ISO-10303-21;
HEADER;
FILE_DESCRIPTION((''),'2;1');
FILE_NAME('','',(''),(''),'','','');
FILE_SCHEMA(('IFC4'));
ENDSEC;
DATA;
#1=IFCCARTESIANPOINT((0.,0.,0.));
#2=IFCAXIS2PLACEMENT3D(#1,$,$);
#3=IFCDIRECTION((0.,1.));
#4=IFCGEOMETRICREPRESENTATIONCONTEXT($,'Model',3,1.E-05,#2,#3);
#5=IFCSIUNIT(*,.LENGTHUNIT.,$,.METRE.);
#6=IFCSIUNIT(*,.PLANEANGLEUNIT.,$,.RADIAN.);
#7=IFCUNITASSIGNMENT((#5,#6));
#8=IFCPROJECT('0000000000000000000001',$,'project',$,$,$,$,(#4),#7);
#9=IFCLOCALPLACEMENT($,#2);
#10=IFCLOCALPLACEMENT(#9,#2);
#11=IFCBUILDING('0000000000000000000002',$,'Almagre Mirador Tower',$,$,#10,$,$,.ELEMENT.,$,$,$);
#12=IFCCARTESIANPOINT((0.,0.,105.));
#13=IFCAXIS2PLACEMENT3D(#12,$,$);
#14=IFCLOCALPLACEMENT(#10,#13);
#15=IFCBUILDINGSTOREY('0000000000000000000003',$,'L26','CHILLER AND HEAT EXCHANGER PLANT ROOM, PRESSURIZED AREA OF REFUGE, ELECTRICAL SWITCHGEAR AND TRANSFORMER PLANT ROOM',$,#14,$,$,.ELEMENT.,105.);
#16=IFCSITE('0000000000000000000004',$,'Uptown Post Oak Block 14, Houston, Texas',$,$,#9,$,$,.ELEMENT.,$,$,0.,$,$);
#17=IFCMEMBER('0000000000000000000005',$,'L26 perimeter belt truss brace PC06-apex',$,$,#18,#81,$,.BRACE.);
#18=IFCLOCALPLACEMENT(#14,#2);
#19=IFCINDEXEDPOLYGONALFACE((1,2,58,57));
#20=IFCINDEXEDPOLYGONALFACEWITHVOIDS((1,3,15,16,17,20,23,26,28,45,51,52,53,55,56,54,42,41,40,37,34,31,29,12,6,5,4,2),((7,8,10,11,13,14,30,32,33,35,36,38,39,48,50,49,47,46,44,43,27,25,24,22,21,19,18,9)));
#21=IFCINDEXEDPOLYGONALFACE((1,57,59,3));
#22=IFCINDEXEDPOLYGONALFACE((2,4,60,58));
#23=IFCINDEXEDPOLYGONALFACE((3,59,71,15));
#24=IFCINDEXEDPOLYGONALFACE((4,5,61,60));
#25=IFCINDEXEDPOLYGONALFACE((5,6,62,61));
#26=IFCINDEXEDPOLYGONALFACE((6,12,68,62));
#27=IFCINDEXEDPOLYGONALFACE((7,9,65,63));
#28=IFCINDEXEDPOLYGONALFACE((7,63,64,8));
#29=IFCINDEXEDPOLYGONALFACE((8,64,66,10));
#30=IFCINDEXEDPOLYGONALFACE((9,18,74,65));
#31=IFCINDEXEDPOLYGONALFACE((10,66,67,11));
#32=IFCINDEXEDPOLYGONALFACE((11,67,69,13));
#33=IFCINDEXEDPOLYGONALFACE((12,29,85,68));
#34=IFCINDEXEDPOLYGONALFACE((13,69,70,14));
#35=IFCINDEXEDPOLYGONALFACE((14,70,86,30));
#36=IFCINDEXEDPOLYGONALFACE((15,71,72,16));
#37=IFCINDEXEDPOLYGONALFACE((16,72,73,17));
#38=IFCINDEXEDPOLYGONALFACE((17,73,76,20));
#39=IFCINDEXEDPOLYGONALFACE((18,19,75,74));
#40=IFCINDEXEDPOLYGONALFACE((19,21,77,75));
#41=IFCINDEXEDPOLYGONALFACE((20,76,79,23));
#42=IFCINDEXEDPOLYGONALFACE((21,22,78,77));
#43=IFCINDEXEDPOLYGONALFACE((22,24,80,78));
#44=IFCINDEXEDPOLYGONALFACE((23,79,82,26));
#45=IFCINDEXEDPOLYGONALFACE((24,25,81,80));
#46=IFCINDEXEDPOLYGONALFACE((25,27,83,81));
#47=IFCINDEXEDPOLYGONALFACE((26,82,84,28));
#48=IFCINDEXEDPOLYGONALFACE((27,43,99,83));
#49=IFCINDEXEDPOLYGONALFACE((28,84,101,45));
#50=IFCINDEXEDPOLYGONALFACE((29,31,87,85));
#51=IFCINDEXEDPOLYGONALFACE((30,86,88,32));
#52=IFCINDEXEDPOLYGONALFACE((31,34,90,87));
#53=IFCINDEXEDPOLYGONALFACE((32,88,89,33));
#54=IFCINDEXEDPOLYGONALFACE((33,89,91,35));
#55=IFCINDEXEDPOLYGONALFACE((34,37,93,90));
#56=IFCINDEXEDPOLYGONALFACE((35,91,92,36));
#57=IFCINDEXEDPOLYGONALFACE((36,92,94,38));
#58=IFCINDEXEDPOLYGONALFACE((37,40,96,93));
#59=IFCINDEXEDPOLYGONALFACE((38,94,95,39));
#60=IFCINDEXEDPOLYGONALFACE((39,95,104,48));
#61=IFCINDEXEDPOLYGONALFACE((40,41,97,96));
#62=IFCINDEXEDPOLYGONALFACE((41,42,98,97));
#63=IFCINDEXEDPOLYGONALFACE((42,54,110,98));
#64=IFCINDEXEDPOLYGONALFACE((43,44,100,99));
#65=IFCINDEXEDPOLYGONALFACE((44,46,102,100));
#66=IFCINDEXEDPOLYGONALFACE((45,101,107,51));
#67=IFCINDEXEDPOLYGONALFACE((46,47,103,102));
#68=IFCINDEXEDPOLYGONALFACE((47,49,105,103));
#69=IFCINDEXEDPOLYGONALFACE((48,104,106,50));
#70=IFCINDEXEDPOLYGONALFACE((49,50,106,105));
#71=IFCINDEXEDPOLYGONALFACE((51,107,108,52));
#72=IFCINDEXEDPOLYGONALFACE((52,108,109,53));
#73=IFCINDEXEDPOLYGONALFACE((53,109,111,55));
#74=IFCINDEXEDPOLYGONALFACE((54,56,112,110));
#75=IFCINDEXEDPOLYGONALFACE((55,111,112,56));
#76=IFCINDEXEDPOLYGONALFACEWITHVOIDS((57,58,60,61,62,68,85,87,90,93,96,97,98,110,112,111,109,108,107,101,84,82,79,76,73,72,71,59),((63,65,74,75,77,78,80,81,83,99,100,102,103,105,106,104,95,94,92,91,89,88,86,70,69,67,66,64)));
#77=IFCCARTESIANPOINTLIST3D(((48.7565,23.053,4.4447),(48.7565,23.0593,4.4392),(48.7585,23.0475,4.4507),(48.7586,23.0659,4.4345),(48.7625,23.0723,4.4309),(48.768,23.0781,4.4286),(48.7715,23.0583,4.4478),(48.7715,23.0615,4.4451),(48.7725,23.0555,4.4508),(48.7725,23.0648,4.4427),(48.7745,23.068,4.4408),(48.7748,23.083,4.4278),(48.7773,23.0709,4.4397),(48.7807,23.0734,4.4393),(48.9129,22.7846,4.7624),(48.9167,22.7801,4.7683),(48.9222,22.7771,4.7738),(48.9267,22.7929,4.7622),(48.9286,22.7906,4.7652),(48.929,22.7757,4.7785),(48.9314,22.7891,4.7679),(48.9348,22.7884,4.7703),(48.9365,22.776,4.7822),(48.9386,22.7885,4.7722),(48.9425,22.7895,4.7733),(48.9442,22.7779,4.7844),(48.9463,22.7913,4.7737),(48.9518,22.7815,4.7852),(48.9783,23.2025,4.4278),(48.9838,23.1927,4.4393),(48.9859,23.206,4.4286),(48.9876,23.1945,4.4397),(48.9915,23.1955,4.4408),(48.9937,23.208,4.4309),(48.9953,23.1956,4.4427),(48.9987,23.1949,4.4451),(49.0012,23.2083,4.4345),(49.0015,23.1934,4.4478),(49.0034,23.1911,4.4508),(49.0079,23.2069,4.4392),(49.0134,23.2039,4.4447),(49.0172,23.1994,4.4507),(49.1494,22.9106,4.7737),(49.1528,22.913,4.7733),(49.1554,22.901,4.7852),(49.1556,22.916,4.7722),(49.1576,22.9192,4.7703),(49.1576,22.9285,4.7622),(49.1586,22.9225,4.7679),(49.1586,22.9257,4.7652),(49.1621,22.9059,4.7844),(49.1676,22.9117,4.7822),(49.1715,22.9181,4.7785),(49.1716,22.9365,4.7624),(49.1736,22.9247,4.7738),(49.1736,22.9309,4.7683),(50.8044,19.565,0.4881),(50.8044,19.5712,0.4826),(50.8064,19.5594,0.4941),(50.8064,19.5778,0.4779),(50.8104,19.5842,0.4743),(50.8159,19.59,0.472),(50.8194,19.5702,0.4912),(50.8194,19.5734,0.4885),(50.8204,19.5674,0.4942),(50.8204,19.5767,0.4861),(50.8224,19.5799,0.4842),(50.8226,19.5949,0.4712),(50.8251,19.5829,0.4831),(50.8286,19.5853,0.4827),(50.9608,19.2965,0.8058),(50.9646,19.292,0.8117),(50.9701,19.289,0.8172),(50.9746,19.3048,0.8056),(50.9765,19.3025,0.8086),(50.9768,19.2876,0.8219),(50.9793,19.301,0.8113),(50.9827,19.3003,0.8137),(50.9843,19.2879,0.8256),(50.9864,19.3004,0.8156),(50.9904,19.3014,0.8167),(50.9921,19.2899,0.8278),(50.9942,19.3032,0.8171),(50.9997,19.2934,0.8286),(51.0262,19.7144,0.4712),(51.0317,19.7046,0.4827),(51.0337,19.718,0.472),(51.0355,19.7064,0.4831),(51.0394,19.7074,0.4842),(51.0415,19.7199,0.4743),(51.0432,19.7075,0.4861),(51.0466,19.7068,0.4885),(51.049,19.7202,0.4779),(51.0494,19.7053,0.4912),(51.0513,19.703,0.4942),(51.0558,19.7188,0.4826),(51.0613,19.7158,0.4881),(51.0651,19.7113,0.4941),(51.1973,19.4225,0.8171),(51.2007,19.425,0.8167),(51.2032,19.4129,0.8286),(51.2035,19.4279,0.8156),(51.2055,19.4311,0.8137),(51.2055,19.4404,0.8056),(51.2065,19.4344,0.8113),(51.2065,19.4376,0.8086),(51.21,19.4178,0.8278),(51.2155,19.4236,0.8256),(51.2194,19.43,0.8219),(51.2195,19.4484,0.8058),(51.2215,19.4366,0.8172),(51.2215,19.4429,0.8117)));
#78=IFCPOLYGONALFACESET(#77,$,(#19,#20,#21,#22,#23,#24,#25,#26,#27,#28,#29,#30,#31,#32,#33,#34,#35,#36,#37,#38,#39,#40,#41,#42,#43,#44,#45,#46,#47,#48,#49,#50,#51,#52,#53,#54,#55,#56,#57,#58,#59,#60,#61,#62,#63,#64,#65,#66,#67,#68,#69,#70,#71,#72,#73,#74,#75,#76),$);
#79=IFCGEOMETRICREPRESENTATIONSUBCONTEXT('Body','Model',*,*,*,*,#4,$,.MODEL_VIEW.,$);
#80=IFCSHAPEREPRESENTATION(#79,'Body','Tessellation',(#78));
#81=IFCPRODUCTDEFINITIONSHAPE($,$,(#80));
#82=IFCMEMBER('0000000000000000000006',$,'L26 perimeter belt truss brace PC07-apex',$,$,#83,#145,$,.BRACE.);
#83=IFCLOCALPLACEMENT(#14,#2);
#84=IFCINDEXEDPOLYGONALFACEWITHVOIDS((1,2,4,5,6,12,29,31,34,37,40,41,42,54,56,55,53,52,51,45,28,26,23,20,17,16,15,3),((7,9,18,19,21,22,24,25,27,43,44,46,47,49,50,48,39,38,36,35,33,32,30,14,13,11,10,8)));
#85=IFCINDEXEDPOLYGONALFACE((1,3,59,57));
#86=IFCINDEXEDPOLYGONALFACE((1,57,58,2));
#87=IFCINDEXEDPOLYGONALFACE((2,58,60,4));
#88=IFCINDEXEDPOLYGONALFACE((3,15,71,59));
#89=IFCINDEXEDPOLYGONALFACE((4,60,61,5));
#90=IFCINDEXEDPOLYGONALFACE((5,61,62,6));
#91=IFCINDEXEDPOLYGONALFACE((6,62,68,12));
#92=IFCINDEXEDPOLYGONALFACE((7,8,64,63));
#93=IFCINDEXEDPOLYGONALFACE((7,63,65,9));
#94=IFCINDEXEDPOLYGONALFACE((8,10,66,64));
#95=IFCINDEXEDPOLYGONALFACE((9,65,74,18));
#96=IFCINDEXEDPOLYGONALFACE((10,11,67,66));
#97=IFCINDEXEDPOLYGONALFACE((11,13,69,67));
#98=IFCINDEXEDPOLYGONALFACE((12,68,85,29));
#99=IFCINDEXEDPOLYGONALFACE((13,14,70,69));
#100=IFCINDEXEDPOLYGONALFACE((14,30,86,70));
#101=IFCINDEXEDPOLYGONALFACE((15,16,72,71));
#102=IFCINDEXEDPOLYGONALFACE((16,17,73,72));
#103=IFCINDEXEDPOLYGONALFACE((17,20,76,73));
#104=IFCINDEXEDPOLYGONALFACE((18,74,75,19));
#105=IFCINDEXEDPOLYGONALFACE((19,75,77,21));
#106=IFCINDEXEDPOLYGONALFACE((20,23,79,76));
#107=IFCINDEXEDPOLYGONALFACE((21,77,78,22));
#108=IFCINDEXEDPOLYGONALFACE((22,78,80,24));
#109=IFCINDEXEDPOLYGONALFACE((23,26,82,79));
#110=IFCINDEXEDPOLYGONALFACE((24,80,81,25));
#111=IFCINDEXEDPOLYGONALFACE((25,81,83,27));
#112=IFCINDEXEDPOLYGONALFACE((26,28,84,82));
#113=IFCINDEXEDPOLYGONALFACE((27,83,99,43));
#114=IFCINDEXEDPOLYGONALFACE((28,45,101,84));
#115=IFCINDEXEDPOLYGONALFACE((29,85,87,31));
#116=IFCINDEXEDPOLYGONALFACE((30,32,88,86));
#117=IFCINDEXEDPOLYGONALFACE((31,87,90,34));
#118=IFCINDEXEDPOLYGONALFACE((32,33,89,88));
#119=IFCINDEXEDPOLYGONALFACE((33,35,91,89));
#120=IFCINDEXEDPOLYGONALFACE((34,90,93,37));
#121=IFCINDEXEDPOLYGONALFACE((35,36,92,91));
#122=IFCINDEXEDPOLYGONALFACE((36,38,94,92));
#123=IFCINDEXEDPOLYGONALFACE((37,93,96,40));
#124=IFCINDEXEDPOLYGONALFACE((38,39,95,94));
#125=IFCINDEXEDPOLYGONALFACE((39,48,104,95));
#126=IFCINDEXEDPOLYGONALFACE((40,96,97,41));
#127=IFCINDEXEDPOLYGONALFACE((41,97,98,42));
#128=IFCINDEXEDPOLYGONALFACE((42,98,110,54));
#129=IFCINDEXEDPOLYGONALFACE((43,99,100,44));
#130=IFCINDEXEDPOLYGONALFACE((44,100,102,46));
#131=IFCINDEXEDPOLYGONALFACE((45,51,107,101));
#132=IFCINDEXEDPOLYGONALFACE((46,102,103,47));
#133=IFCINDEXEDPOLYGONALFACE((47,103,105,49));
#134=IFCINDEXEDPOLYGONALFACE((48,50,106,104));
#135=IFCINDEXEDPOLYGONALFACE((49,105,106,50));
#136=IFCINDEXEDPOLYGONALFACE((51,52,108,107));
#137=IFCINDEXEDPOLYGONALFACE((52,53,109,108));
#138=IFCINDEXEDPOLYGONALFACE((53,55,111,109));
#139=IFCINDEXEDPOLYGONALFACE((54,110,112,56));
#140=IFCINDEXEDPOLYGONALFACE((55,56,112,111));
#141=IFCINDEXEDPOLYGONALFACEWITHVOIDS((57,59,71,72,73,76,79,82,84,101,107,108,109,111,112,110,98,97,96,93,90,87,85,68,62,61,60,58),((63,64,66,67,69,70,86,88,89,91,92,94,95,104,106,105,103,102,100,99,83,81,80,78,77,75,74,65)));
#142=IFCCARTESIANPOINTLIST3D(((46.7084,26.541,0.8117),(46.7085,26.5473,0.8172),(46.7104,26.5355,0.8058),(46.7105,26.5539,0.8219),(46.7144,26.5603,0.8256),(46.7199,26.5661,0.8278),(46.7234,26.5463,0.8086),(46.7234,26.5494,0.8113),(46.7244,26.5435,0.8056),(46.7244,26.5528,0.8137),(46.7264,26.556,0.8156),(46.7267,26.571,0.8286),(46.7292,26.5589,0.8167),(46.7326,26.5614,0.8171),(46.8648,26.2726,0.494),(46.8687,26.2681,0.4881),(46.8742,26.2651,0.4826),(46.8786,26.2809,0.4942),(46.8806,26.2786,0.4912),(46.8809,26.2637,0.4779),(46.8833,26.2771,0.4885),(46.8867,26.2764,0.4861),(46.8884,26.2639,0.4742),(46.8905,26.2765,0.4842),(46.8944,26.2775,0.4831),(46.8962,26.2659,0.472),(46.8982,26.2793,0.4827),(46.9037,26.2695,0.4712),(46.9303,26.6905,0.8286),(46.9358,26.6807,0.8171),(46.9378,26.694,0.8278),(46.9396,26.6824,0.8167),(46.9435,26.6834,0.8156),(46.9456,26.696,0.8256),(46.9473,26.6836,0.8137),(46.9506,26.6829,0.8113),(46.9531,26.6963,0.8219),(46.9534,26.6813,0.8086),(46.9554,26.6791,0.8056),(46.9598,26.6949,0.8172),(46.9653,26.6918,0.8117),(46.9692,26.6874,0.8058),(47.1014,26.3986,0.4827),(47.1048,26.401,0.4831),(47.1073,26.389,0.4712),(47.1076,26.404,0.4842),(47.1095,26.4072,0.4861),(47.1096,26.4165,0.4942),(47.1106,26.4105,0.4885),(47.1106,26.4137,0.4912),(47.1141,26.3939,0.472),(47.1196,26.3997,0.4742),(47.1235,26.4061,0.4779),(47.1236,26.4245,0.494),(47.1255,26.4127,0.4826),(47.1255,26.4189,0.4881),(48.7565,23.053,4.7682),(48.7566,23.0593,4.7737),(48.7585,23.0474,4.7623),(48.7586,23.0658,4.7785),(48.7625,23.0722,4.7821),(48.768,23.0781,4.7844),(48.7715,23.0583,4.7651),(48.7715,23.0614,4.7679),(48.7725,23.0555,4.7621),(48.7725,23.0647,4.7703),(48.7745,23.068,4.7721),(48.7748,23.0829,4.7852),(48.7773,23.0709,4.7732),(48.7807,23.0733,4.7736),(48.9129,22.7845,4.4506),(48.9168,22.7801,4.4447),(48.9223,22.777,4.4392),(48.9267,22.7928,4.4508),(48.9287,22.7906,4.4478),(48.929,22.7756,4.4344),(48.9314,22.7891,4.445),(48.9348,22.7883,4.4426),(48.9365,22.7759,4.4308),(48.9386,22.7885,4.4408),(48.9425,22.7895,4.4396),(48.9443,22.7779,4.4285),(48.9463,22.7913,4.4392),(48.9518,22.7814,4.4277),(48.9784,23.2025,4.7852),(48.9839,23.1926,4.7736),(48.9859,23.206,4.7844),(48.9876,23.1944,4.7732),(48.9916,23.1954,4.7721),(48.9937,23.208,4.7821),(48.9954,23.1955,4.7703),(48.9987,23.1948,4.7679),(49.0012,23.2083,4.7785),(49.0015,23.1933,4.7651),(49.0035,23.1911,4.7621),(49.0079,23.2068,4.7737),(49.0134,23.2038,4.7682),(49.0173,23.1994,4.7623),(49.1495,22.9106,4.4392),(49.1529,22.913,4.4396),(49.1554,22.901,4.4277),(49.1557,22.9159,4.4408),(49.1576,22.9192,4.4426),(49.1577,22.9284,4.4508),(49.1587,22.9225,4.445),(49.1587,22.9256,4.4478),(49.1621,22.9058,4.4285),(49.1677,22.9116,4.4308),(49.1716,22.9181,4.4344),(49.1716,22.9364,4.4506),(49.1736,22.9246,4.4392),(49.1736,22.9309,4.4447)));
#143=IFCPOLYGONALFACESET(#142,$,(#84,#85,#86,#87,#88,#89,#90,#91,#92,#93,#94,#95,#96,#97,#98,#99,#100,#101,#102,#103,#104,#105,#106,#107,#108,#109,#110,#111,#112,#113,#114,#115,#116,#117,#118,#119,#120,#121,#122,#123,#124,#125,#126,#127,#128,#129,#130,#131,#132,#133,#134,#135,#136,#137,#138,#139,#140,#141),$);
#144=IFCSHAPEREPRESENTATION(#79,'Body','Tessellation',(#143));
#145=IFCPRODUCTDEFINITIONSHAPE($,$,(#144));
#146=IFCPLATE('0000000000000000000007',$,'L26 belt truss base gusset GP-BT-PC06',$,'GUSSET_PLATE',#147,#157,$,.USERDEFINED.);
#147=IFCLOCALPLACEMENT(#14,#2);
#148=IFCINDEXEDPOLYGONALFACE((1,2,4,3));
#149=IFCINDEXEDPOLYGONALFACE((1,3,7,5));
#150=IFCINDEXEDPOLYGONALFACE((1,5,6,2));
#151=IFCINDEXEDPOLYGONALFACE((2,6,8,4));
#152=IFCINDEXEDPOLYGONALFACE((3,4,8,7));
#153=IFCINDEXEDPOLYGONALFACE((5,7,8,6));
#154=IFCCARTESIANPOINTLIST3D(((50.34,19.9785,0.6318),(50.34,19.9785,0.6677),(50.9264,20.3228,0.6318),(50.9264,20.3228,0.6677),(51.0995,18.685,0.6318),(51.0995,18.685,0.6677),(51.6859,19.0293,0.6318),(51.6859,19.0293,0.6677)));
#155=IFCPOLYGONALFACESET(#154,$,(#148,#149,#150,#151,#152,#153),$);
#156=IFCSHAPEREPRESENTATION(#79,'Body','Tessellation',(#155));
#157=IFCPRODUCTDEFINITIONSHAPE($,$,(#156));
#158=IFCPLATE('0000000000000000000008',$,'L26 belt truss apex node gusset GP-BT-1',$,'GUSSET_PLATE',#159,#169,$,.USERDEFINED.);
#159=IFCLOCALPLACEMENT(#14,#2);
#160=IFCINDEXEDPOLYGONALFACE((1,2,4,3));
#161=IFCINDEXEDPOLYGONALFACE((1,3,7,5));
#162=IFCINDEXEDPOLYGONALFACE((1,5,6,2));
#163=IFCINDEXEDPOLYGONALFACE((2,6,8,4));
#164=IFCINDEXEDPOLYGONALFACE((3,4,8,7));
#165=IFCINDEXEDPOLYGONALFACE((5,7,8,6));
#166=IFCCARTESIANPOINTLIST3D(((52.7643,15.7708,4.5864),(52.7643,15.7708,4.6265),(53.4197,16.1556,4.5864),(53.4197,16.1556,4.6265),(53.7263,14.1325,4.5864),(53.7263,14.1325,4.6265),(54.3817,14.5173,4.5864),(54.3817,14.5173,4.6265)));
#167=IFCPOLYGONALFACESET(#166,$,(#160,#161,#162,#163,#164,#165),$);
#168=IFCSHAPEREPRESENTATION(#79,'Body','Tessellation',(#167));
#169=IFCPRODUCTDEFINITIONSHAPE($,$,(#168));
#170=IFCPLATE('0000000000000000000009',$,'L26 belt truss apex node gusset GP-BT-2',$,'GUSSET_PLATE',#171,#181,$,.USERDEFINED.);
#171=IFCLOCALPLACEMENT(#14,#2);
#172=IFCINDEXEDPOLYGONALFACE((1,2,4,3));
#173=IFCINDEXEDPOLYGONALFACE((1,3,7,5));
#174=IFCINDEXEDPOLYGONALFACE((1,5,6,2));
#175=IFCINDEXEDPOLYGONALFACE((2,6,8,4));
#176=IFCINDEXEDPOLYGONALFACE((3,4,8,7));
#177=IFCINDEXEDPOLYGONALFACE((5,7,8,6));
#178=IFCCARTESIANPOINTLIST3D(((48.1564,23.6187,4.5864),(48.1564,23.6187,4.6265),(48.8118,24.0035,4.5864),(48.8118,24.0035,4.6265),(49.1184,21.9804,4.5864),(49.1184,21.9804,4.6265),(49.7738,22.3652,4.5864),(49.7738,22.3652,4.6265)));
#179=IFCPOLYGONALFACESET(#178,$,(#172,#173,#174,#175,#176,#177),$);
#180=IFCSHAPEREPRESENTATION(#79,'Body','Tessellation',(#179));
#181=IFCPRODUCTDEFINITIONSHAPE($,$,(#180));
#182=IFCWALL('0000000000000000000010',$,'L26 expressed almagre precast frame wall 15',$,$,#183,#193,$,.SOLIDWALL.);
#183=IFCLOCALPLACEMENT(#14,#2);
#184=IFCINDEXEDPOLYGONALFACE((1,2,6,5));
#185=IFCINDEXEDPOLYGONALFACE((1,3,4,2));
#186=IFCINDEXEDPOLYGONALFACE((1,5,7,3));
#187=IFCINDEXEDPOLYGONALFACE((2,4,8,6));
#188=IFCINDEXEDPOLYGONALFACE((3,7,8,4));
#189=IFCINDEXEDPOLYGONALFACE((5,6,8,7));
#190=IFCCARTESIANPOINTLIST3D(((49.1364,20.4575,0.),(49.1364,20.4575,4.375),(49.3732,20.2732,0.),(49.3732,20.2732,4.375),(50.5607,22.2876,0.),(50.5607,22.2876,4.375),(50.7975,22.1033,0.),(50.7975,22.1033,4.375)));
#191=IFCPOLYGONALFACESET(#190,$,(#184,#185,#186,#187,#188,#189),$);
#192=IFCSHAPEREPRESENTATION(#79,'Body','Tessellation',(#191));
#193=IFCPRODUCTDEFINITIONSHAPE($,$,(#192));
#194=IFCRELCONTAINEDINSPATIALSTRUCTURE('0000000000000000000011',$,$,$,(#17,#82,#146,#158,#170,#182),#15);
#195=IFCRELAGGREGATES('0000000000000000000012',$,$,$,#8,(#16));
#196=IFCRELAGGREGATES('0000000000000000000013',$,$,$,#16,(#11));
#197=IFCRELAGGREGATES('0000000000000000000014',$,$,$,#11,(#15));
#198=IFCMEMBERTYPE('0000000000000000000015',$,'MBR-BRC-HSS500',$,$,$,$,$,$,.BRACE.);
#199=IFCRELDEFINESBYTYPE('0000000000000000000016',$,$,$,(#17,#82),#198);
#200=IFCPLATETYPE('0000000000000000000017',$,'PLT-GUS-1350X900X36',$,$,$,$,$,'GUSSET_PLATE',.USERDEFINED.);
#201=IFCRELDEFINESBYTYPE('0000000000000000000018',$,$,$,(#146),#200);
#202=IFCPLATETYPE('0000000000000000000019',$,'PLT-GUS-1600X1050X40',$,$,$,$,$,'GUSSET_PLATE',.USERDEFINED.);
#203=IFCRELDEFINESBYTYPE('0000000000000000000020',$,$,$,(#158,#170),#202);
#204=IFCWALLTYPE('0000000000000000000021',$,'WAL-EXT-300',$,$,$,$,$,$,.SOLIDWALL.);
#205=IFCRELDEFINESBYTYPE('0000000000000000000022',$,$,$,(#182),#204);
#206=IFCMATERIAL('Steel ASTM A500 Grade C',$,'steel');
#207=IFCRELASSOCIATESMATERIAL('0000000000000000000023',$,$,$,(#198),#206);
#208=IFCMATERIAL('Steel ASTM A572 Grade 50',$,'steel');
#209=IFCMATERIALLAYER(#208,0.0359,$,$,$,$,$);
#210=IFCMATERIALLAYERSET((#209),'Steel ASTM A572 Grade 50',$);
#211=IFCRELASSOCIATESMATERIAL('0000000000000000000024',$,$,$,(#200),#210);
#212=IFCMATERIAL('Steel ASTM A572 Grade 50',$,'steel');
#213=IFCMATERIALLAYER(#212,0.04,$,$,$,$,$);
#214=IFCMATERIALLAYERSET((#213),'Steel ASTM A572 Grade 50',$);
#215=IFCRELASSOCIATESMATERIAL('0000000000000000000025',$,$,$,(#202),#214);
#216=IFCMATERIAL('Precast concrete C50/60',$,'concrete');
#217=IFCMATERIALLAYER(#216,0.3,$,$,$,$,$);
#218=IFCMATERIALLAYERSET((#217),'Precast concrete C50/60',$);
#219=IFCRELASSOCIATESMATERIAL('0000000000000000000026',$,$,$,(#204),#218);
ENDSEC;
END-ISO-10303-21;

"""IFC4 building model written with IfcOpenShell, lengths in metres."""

from ifc_helpers import new_model, si_unit, direction, frame, frame_2d, origin, origin_2d, place, context, subcontext, project, spatial, rectangle, hollow_rectangle, extrude, material, layer, layer_set, material_profile, profile_set, type_object, element, save


model = new_model("IFC4")

# Units and contexts
model_context = context("Model", 3, precision=1e-05, world=origin(), true_north=direction((0.0, 1.0)))
body_context = subcontext(model_context, "Body", "Model", "MODEL_VIEW")
ifc_project = project(units=[si_unit("LENGTHUNIT", "METRE"), si_unit("PLANEANGLEUNIT", "RADIAN")], contexts=[model_context])

# Site, building, storey
site_placement = place(None, origin())
site = spatial("IfcSite", under=ifc_project, at=site_placement, Name="Uptown Post Oak Block 14, Houston, Texas", CompositionType="ELEMENT", RefElevation=0.0)
building_placement = place(site_placement, origin())
building = spatial("IfcBuilding", under=site, at=building_placement, Name="Almagre Mirador Tower", CompositionType="ELEMENT")
storey_placement = place(building_placement, frame((0.0, 0.0, 105.0)))
storey = spatial("IfcBuildingStorey", under=building, at=storey_placement, Name="L26", Description="CHILLER AND HEAT EXCHANGER PLANT ROOM, PRESSURIZED AREA OF REFUGE, ELECTRICAL SWITCHGEAR AND TRANSFORMER PLANT ROOM", CompositionType="ELEMENT", Elevation=105.0)

# Members
ifc_material_1 = material(Name="Steel ASTM A500 Grade C", Category="steel")
ifc_material_profile_1 = material_profile(ifc_material_1, hollow_rectangle(XDim=0.3, YDim=0.5, WallThickness=0.0161, InnerFilletRadius=0.0161, OuterFilletRadius=0.032, at=origin_2d()), Name="HSS500X300X16")
ifc_profile_set_1 = profile_set([ifc_material_profile_1], Name="Steel ASTM A500 Grade C")
member_type_1 = type_object("IfcMemberType", Name="MBR-BRC-HSS500", PredefinedType="BRACE", material=ifc_profile_set_1)
for number, where, z_axis, x_axis, name in (
    (1, (51.0129, 19.5039, 0.6499), (-0.361931, 0.616466, 0.699268), (-0.862359, -0.506297, 0.0), "L26 perimeter belt truss brace PC06-apex"),
    (2, (46.917, 26.48, 0.6499), (0.361969, -0.616456, 0.699257), (0.862333, 0.506342, 0.0), "L26 perimeter belt truss brace PC07-apex"),
):
    element("IfcMember", number, at=place(storey_placement, frame(where, z_axis=z_axis, x_axis=x_axis)), inside=storey, type_object=member_type_1, Name=name, PredefinedType="BRACE", context=body_context, shape_type="SweptSolid", body=[
        extrude(hollow_rectangle(XDim=0.3, YDim=0.5, WallThickness=0.0161, InnerFilletRadius=0.0161, OuterFilletRadius=0.032, at=origin_2d()), origin(), (0.0, 0.0, 1.0), 5.6582),
    ])

# Plates
ifc_material_2 = material(Name="Steel ASTM A572 Grade 50", Category="steel")
ifc_layer_1 = layer(ifc_material_2, 0.0359)
ifc_layer_set_1 = layer_set([ifc_layer_1], Name="Steel ASTM A572 Grade 50")
plate_type_1 = type_object("IfcPlateType", Name="PLT-GUS-1350X900X36", ElementType="GUSSET_PLATE", PredefinedType="USERDEFINED", material=ifc_layer_set_1)
plate_placement = place(storey_placement, frame((51.0129, 19.5039, 0.6318), z_axis=(0.0, 0.0, 1.0), x_axis=(-0.506335, 0.862337, 0.0)))
element("IfcPlate", 3, at=plate_placement, inside=storey, type_object=plate_type_1, Name="L26 belt truss base gusset GP-BT-PC06", ObjectType="GUSSET_PLATE", PredefinedType="USERDEFINED", context=body_context, shape_type="SweptSolid", body=[
    extrude(rectangle(XDim=1.5, YDim=0.6799, at=origin_2d()), origin(), (0.0, 0.0, 1.0), 0.0359),
])
ifc_material_3 = material(Name="Steel ASTM A572 Grade 50", Category="steel")
ifc_layer_2 = layer(ifc_material_3, 0.04)
ifc_layer_set_2 = layer_set([ifc_layer_2], Name="Steel ASTM A572 Grade 50")
plate_type_2 = type_object("IfcPlateType", Name="PLT-GUS-1600X1050X40", ElementType="GUSSET_PLATE", PredefinedType="USERDEFINED", material=ifc_layer_set_2)
for number, where, z_axis, x_axis, name in (
    (4, (53.573, 15.144, 4.5864), (0.0, 0.0, 1.0), (-0.506335, 0.862337, 0.0), "L26 belt truss apex node gusset GP-BT-1"),
    (5, (48.9651, 22.9919, 4.5864), (0.0, 0.0, 1.0), (-0.506335, 0.862337, 0.0), "L26 belt truss apex node gusset GP-BT-2"),
):
    element("IfcPlate", number, at=place(storey_placement, frame(where, z_axis=z_axis, x_axis=x_axis)), inside=storey, type_object=plate_type_2, Name=name, ObjectType="GUSSET_PLATE", PredefinedType="USERDEFINED", context=body_context, shape_type="SweptSolid", body=[
        extrude(rectangle(XDim=1.8999, YDim=0.76, at=origin_2d()), origin(), (0.0, 0.0, 1.0), 0.04),
    ])

# Wall
ifc_material_4 = material(Name="Precast concrete C50/60", Category="concrete")
ifc_layer_3 = layer(ifc_material_4, 0.3)
ifc_layer_set_3 = layer_set([ifc_layer_3], Name="Precast concrete C50/60")
wall_type_1 = type_object("IfcWallType", Name="WAL-EXT-300", PredefinedType="SOLIDWALL", material=ifc_layer_set_3)
wall_1_placement = place(storey_placement, frame((50.6792, 22.1956, 0.0), z_axis=(0.0, 0.0, 1.0), x_axis=(-0.614188, -0.789159, 0.0)))
element("IfcWall", 6, at=wall_1_placement, inside=storey, type_object=wall_type_1, Name="L26 expressed almagre precast frame wall 15", PredefinedType="SOLIDWALL", context=body_context, shape_type="SweptSolid", body=[
    extrude(rectangle(XDim=2.3191, YDim=0.3, at=frame_2d((1.1597, 0.0))), origin(), (0.0, 0.0, 1.0), 4.375),
])

save(model, "model.ifc")
